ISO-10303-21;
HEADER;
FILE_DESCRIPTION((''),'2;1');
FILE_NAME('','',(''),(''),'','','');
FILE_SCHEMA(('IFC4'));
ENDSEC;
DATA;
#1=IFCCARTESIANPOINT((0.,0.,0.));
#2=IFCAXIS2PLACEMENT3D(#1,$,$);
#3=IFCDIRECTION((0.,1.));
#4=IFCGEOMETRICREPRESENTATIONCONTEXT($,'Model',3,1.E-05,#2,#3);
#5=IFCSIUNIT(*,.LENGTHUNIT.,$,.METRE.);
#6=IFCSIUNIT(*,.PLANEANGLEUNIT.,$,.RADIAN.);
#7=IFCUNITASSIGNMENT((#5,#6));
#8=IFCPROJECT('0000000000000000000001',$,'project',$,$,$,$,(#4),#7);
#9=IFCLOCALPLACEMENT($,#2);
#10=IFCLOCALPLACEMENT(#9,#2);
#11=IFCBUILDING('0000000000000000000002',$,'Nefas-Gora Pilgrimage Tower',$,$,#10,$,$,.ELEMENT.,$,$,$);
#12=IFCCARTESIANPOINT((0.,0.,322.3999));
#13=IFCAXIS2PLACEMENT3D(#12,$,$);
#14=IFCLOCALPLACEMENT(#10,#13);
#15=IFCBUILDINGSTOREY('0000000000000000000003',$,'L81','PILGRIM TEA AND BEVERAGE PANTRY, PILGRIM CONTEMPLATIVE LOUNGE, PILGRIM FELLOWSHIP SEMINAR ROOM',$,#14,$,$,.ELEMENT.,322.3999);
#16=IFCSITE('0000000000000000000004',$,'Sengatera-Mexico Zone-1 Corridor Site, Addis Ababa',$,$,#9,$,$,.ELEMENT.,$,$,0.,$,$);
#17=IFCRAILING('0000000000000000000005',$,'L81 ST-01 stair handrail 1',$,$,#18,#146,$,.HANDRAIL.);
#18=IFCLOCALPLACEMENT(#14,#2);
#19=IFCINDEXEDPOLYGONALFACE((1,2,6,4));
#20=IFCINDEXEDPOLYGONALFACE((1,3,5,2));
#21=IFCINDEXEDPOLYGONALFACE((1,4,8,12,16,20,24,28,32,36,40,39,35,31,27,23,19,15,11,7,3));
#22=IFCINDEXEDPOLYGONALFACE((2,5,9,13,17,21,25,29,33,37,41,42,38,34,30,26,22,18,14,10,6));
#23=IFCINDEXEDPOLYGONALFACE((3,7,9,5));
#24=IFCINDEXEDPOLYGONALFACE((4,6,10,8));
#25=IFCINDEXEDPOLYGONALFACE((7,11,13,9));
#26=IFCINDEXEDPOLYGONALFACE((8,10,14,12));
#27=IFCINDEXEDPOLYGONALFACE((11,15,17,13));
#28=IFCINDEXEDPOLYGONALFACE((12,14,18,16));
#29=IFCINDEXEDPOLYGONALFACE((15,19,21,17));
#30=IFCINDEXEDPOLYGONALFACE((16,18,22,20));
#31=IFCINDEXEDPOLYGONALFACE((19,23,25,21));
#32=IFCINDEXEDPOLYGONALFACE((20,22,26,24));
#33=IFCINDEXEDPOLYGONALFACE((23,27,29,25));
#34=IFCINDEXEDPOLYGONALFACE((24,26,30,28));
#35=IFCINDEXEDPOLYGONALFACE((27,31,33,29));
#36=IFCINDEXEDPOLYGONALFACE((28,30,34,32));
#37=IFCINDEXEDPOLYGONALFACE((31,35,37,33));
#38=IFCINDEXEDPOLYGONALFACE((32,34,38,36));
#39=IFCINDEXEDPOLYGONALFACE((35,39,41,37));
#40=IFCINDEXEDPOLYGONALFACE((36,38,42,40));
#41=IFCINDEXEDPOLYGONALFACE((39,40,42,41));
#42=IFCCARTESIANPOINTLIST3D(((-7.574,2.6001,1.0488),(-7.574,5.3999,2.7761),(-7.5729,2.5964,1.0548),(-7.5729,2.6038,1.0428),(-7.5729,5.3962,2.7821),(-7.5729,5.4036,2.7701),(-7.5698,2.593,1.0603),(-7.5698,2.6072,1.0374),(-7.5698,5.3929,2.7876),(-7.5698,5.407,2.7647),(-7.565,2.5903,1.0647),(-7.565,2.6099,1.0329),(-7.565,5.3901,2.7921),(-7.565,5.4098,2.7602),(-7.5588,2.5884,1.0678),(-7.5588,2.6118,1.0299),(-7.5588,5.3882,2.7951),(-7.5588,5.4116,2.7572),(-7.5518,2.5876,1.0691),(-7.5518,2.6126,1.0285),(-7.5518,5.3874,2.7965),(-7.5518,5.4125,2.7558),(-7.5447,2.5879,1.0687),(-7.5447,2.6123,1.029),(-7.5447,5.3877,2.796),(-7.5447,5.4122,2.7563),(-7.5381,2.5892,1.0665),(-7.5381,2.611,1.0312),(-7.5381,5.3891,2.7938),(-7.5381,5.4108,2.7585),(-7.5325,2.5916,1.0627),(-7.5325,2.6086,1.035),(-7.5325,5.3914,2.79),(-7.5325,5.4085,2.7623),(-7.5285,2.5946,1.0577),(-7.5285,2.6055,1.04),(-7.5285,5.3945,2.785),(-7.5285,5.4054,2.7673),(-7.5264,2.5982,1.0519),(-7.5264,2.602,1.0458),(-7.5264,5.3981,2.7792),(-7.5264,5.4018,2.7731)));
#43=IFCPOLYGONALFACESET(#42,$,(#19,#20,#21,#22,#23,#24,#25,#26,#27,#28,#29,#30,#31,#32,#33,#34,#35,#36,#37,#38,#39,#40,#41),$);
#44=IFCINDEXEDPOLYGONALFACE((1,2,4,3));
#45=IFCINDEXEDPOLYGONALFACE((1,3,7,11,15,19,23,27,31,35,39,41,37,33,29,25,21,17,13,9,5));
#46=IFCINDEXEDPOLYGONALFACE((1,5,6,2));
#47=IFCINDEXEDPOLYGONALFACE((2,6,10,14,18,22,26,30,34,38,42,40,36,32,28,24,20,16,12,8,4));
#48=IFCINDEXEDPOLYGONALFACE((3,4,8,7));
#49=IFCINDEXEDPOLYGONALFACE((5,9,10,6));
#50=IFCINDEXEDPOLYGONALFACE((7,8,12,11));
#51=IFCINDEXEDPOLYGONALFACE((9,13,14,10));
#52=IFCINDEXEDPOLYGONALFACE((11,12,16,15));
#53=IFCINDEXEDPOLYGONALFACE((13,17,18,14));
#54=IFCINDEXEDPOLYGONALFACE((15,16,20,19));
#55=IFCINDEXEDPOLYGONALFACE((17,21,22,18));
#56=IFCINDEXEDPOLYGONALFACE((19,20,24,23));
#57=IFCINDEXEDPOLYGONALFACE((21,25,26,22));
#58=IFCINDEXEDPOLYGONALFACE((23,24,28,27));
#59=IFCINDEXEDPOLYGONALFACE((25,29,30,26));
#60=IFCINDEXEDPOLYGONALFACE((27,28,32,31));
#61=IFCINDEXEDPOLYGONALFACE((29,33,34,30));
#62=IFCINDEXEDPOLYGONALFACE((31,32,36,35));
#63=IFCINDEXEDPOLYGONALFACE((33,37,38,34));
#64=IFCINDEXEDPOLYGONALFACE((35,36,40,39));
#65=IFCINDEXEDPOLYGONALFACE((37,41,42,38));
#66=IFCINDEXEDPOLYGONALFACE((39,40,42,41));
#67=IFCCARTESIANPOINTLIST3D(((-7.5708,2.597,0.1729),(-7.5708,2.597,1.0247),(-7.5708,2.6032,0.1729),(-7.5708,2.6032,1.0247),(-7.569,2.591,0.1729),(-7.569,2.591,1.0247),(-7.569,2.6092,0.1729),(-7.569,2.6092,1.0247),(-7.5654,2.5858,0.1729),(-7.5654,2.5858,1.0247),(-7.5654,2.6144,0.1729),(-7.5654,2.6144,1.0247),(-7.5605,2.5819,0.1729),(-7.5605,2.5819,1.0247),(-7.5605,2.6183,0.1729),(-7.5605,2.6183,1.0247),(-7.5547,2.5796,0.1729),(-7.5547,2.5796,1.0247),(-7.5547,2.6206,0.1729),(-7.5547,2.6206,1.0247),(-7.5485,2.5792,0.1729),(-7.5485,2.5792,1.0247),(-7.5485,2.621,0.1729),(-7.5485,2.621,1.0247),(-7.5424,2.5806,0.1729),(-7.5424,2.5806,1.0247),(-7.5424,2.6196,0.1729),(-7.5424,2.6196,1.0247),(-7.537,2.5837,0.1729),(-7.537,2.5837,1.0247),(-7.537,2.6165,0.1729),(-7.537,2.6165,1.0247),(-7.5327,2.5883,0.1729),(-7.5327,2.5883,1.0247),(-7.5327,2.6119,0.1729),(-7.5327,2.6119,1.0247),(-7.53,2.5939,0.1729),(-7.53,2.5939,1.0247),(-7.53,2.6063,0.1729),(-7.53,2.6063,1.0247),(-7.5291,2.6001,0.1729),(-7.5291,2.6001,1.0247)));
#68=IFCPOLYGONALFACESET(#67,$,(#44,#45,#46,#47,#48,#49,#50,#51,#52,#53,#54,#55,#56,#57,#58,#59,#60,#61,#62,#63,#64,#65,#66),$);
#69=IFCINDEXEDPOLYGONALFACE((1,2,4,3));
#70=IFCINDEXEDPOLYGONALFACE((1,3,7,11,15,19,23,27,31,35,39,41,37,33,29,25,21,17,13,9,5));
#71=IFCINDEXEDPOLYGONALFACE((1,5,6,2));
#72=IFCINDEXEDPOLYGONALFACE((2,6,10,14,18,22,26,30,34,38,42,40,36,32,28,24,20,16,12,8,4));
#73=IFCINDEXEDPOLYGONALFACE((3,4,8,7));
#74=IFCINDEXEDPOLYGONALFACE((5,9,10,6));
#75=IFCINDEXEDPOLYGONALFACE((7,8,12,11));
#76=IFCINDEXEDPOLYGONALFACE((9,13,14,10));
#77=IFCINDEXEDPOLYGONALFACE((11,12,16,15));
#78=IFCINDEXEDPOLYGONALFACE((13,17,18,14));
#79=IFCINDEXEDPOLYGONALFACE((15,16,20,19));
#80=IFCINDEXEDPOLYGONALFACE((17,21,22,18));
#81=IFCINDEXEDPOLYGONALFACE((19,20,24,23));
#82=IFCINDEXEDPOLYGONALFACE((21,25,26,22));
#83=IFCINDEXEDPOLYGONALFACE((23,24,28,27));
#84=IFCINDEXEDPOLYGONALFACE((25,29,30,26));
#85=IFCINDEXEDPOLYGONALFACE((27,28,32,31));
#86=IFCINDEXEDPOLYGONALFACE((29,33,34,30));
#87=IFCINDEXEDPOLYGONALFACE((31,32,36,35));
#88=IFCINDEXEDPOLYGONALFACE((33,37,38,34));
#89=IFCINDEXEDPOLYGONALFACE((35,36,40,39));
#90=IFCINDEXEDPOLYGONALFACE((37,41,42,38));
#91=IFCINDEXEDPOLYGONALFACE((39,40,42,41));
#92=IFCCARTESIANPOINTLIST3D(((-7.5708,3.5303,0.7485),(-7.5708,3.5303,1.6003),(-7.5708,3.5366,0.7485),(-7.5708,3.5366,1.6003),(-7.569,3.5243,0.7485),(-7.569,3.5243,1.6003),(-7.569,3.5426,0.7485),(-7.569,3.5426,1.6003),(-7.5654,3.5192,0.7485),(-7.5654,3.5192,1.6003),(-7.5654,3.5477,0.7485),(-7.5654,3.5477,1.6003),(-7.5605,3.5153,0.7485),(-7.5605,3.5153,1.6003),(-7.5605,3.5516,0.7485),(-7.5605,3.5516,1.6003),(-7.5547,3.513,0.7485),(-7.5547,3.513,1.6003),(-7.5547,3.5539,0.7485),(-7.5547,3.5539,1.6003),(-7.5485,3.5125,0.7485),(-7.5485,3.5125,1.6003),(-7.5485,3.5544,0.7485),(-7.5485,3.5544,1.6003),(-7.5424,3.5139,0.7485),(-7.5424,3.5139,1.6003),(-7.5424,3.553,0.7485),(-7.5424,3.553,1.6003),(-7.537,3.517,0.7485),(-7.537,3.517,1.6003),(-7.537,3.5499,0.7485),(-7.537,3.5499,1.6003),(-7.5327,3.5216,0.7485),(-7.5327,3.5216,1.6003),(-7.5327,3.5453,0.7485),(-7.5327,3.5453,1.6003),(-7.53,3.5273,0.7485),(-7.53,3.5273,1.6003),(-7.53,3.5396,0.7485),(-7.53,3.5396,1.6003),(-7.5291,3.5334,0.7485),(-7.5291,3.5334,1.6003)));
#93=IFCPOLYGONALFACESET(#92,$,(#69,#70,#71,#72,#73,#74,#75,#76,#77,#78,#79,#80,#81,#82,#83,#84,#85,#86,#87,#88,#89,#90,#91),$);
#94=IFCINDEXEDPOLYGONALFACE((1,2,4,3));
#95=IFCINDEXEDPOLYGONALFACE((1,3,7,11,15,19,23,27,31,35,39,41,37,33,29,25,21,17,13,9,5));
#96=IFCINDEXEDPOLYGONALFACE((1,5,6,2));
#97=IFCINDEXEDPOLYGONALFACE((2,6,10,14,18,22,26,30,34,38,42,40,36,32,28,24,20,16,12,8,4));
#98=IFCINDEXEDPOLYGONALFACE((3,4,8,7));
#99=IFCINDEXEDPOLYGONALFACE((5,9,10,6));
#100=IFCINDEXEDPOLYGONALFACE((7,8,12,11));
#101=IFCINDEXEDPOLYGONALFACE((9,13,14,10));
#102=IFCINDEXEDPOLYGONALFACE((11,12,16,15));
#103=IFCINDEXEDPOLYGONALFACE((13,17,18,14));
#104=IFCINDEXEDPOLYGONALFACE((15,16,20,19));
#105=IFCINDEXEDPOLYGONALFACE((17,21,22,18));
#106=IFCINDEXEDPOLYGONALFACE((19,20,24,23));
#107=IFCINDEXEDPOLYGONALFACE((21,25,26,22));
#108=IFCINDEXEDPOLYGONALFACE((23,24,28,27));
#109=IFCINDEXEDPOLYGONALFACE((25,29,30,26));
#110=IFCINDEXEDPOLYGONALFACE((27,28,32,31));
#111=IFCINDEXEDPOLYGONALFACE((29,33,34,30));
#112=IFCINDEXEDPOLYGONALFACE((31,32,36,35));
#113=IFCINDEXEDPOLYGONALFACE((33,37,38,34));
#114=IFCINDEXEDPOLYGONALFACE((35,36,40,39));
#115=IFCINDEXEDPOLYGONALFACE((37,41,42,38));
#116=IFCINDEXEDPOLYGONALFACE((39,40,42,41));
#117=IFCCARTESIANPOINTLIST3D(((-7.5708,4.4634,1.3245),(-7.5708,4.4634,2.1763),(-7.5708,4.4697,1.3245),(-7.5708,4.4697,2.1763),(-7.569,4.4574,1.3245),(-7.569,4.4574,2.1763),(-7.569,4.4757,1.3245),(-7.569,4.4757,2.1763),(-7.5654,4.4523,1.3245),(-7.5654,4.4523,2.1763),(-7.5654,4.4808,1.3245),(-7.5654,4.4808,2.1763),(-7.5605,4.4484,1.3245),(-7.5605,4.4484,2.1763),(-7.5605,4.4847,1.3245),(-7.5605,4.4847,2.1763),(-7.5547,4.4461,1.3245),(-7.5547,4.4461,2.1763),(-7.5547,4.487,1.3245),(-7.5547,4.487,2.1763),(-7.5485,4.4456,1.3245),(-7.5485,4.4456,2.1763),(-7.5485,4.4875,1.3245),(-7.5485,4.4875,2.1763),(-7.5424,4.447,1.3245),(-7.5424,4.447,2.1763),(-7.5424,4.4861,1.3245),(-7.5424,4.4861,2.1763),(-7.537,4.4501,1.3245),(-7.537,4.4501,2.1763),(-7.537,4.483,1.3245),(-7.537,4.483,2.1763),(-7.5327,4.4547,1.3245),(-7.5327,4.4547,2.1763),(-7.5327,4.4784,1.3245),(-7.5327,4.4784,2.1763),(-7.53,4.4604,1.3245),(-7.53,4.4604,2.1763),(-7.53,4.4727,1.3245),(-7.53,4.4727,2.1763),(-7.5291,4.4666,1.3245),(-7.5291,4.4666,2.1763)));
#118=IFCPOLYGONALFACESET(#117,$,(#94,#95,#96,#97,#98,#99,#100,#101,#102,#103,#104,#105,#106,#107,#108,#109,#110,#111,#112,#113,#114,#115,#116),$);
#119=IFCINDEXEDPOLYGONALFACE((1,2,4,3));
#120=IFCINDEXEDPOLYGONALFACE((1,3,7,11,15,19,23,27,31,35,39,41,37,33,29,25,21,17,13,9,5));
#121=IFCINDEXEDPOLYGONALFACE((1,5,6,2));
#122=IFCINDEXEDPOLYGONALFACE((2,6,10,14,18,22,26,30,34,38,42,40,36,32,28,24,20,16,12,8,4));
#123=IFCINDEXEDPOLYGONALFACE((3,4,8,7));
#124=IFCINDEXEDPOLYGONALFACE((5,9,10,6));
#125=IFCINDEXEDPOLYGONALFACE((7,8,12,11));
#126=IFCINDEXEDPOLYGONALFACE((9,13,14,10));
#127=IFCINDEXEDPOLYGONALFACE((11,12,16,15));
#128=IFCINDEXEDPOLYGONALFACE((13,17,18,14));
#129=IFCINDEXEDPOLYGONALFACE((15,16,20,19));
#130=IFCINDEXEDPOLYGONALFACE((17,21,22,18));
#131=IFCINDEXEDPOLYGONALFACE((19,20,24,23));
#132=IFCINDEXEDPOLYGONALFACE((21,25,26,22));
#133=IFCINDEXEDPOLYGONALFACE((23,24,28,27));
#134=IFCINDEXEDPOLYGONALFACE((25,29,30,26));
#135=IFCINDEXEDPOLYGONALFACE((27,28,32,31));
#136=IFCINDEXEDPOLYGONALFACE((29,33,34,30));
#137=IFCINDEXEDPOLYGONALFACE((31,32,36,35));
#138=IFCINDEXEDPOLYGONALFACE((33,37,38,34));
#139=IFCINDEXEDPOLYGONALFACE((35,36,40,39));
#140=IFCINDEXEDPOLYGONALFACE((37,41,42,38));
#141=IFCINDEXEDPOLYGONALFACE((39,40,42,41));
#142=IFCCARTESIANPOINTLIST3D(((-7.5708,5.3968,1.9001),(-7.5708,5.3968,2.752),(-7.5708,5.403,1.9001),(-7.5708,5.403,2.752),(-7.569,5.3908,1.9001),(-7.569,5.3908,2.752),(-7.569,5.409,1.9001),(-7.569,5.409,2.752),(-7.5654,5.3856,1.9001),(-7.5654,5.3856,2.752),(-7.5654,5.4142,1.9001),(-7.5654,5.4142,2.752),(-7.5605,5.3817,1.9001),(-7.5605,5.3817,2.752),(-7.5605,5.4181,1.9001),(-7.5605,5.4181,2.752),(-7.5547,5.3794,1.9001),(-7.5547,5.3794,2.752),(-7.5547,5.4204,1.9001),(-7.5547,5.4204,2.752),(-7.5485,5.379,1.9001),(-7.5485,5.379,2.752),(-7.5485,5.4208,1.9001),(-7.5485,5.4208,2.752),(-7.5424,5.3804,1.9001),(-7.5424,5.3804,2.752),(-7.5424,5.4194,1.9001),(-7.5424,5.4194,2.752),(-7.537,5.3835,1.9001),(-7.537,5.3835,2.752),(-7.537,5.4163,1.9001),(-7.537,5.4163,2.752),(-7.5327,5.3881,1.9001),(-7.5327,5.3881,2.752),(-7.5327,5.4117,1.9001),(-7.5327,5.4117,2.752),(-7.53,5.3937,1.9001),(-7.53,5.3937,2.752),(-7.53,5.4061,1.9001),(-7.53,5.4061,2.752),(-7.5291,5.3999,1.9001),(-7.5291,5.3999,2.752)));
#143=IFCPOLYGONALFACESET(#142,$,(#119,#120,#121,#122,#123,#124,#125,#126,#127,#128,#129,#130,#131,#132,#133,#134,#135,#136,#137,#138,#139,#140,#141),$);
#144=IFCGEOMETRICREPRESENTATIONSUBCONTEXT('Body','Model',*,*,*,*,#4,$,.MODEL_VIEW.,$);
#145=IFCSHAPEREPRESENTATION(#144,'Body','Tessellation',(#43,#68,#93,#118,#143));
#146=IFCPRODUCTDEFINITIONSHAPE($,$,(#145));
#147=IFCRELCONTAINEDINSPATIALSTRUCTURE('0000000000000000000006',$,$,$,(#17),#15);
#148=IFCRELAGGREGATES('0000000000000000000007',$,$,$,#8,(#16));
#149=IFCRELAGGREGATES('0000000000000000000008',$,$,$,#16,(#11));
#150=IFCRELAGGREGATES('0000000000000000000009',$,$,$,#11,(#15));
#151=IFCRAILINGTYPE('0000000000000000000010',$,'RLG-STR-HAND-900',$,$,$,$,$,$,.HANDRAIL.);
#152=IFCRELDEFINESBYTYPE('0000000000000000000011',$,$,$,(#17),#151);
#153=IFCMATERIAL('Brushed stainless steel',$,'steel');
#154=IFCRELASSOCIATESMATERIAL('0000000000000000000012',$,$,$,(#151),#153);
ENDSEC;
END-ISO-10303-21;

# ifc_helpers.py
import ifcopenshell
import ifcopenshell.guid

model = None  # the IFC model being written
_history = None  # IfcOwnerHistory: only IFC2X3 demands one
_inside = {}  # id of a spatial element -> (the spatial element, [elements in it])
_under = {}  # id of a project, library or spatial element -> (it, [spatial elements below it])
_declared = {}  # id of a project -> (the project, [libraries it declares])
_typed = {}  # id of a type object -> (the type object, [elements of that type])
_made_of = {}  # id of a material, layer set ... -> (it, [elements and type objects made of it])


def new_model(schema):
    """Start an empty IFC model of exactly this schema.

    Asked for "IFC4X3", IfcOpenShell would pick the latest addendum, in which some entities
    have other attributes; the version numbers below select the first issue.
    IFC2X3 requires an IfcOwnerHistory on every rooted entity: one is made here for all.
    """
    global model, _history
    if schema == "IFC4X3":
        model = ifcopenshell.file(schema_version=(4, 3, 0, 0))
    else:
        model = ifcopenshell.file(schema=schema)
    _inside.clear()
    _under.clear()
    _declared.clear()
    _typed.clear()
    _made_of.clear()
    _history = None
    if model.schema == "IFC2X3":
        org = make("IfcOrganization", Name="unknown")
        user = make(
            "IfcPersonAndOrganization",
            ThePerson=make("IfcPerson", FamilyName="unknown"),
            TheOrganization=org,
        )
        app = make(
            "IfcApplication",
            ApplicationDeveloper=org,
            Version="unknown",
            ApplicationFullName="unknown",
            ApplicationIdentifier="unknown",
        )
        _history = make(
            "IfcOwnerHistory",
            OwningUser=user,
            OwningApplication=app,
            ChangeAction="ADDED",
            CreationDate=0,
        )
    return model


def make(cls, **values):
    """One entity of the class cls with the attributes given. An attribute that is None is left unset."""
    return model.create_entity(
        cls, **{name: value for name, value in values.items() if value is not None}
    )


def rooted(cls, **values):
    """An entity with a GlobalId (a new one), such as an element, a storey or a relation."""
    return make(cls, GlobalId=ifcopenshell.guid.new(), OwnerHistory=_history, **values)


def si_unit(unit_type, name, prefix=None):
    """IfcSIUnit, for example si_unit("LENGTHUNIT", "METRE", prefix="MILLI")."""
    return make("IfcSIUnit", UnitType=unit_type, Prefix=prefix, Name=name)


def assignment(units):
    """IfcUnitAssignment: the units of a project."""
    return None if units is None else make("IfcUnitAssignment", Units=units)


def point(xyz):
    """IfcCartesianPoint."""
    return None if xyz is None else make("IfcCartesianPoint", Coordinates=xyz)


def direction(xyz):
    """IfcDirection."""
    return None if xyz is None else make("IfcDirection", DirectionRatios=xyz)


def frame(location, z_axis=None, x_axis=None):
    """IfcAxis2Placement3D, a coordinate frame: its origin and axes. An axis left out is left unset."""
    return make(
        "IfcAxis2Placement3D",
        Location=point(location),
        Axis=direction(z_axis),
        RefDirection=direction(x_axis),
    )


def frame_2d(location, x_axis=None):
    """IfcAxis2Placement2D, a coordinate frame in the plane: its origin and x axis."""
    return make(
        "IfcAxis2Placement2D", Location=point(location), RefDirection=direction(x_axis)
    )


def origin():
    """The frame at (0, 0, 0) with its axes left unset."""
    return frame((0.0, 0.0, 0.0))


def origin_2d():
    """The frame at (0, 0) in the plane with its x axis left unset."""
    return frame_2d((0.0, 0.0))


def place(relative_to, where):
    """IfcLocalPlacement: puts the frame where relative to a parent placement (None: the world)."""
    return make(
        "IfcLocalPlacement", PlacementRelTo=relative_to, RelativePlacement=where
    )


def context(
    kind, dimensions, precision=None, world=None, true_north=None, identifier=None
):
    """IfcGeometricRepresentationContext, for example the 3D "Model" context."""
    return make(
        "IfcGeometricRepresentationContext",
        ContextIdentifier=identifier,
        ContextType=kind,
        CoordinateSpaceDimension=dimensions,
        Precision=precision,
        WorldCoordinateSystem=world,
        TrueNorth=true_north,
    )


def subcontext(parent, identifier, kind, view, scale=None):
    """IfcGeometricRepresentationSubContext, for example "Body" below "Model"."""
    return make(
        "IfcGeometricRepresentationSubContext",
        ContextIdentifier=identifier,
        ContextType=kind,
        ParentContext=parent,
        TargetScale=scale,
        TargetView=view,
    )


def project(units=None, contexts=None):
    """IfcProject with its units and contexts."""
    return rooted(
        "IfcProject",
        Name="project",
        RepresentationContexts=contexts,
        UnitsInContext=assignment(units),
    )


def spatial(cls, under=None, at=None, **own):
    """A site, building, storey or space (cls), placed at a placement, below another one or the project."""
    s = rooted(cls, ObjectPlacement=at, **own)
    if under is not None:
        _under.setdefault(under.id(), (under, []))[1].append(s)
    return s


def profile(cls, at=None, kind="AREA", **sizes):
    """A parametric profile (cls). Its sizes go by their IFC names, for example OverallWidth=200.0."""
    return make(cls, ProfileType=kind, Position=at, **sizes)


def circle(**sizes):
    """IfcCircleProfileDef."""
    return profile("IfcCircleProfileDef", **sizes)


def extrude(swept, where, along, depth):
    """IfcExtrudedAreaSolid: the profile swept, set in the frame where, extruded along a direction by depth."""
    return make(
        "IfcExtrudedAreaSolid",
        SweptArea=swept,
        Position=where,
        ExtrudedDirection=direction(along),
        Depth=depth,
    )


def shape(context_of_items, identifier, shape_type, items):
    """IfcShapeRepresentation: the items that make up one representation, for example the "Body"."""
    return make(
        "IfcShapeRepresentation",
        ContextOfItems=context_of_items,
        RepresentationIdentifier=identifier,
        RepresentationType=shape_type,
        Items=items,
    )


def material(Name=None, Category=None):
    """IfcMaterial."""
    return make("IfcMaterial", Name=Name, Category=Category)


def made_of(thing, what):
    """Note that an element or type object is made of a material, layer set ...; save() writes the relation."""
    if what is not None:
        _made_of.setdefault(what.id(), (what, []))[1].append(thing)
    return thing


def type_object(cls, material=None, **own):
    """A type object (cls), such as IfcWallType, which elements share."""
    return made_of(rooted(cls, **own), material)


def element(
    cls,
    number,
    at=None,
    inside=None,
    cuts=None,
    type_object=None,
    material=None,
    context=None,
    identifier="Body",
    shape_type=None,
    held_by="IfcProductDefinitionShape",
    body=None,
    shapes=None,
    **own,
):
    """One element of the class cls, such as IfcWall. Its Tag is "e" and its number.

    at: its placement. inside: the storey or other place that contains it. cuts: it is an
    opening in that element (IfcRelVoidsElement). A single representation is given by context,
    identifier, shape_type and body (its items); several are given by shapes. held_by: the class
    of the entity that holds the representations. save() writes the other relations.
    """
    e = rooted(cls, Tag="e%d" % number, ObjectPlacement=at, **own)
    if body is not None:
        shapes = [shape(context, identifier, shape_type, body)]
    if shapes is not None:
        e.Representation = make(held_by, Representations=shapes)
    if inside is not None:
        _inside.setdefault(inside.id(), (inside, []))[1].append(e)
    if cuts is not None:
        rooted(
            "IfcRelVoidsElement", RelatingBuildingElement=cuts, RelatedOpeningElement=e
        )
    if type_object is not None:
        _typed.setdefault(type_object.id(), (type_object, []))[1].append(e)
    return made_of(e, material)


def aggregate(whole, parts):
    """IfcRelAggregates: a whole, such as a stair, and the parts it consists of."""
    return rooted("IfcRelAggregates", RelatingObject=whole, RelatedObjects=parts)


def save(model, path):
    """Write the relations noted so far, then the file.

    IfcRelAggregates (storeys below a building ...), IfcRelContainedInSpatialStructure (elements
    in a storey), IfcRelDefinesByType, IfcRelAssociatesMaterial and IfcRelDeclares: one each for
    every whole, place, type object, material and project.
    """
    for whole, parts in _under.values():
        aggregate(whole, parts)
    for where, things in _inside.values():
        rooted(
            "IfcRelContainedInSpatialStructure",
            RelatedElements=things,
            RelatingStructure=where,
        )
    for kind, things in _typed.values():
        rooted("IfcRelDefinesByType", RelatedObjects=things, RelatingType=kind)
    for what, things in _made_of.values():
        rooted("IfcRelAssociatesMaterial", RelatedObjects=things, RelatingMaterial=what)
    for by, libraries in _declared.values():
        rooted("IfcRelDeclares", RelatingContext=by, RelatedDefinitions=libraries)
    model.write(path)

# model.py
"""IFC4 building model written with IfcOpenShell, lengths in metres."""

from ifc_helpers import new_model, si_unit, direction, frame, origin, origin_2d, place, context, subcontext, project, spatial, circle, extrude, material, type_object, element, save


model = new_model("IFC4")

# Units and contexts
model_context = context("Model", 3, precision=1e-05, world=origin(), true_north=direction((0.0, 1.0)))
body_context = subcontext(model_context, "Body", "Model", "MODEL_VIEW")
ifc_project = project(units=[si_unit("LENGTHUNIT", "METRE"), si_unit("PLANEANGLEUNIT", "RADIAN")], contexts=[model_context])

# Site, building, storey
site_placement = place(None, origin())
site = spatial("IfcSite", under=ifc_project, at=site_placement, Name="Sengatera-Mexico Zone-1 Corridor Site, Addis Ababa", CompositionType="ELEMENT", RefElevation=0.0)
building_placement = place(site_placement, origin())
building = spatial("IfcBuilding", under=site, at=building_placement, Name="Nefas-Gora Pilgrimage Tower", CompositionType="ELEMENT")
storey_placement = place(building_placement, frame((0.0, 0.0, 322.3999)))
storey = spatial("IfcBuildingStorey", under=building, at=storey_placement, Name="L81", Description="PILGRIM TEA AND BEVERAGE PANTRY, PILGRIM CONTEMPLATIVE LOUNGE, PILGRIM FELLOWSHIP SEMINAR ROOM", CompositionType="ELEMENT", Elevation=322.3999)

# Railing
ifc_material_1 = material(Name="Brushed stainless steel", Category="steel")
railing_type_1 = type_object("IfcRailingType", Name="RLG-STR-HAND-900", PredefinedType="HANDRAIL", material=ifc_material_1)
railing_1_placement = place(storey_placement, frame((-7.55, 2.6001, 0.1729)))
element("IfcRailing", 1, at=railing_1_placement, inside=storey, type_object=railing_type_1, Name="L81 ST-01 stair handrail 1", PredefinedType="HANDRAIL", context=body_context, shape_type="SweptSolid", body=[
    extrude(circle(Radius=0.0239, at=origin_2d()), frame((0.0, 0.0, 0.876), z_axis=(0.0, 0.851069, 0.525054), x_axis=(-1.0, 0.0, 0.0)), (0.0, 0.0, 1.0), 3.2898),
    extrude(circle(Radius=0.021, at=origin_2d()), origin(), (0.0, 0.0, 1.0), 0.8518),
    extrude(circle(Radius=0.021, at=origin_2d()), frame((0.0, 0.9333, 0.5757)), (0.0, 0.0, 1.0), 0.8518),
    extrude(circle(Radius=0.021, at=origin_2d()), frame((0.0, 1.8665, 1.1516)), (0.0, 0.0, 1.0), 0.8518),
    extrude(circle(Radius=0.021, at=origin_2d()), frame((0.0, 2.7998, 1.7273)), (0.0, 0.0, 1.0), 0.8518),
])

save(model, "model.ifc")
